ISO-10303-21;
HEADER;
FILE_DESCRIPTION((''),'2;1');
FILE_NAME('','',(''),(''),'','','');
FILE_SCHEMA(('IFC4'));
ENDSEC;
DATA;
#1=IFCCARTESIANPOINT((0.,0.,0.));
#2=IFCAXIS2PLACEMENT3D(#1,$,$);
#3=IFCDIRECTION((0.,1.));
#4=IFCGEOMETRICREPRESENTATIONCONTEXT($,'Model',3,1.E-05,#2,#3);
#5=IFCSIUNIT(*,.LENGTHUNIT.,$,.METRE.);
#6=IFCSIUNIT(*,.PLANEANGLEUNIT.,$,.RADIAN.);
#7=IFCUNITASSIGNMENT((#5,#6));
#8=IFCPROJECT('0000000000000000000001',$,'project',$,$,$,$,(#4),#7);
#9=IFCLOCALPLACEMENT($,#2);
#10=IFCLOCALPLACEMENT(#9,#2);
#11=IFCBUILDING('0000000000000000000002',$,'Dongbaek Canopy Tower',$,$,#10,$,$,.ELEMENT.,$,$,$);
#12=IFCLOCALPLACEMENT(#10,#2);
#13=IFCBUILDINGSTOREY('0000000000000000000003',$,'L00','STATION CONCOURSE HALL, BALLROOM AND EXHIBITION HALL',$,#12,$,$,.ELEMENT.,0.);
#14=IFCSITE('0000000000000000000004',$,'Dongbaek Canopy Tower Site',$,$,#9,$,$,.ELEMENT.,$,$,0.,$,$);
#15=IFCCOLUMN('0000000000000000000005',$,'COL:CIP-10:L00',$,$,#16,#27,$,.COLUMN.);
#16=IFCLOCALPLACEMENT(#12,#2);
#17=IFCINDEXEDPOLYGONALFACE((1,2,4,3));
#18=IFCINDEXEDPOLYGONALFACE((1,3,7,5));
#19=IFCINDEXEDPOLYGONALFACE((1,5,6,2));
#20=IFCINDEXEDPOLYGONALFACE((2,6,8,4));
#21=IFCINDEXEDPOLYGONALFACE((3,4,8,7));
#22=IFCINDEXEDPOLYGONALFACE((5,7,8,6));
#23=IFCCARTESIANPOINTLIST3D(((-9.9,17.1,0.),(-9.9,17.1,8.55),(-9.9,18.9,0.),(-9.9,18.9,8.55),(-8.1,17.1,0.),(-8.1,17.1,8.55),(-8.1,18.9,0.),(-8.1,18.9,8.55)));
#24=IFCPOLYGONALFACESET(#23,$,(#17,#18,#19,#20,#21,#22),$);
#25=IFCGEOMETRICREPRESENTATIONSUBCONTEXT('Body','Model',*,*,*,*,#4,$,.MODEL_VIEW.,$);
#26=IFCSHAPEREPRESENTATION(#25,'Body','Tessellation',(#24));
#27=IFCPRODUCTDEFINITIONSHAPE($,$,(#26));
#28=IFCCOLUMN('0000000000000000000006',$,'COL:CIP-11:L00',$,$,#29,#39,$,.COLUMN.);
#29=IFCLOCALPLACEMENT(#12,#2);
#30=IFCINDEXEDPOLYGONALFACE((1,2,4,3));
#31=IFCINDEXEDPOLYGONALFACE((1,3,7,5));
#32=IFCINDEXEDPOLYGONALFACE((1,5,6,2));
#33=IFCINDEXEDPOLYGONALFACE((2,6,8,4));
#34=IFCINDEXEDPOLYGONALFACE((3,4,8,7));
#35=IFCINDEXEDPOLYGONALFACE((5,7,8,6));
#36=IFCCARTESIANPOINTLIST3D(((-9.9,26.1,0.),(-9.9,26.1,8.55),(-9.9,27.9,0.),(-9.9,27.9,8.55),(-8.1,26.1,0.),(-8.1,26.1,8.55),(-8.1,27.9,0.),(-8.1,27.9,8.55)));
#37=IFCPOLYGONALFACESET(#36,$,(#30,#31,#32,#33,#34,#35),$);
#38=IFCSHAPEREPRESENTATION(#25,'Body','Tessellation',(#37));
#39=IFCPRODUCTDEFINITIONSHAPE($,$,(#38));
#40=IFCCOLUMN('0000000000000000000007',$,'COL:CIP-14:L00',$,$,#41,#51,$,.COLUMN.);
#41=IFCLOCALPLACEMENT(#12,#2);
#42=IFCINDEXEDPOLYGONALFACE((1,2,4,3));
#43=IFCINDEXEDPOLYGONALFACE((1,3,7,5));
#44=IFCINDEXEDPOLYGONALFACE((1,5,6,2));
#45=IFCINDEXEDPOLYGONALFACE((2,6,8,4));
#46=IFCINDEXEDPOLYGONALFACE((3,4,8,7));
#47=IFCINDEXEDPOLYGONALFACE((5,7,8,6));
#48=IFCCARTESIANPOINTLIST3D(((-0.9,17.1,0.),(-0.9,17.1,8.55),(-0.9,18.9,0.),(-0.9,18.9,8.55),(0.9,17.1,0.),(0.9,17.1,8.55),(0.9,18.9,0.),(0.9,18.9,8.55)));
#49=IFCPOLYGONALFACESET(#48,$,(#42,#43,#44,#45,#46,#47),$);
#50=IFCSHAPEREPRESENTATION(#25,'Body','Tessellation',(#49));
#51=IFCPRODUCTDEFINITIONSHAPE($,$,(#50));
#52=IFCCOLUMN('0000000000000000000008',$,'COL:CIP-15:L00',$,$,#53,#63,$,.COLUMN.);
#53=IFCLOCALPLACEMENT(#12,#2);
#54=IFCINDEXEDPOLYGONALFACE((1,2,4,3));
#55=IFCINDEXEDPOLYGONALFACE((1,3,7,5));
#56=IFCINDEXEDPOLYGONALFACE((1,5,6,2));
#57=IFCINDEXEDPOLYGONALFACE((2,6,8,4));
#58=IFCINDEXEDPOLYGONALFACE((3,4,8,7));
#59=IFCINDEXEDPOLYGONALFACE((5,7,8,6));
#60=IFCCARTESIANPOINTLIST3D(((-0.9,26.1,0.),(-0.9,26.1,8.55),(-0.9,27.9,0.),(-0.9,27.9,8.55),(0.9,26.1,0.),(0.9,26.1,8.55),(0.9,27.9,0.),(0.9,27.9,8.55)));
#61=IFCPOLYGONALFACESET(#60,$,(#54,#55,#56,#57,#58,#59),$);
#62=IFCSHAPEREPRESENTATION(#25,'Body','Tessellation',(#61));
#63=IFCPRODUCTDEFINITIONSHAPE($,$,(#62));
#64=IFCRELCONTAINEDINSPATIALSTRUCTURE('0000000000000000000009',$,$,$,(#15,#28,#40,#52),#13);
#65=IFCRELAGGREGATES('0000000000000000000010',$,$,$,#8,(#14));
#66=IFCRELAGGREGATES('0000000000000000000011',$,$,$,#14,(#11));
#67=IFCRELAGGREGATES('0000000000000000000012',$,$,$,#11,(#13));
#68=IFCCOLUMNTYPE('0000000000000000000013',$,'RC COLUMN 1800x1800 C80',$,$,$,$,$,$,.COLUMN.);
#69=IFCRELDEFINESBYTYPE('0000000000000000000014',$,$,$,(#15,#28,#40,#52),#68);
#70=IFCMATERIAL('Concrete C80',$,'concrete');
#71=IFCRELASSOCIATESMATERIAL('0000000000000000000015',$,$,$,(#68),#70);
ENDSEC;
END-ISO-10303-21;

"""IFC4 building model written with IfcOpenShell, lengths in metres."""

from ifc_helpers import new_model, si_unit, direction, frame, origin, origin_2d, place, context, subcontext, project, spatial, rectangle, extrude, material, material_profile, profile_set, type_object, element, save


model = new_model("IFC4")

# Units and contexts
model_context = context("Model", 3, precision=1e-05, world=origin(), true_north=direction((0.0, 1.0)))
body_context = subcontext(model_context, "Body", "Model", "MODEL_VIEW")
ifc_project = project(units=[si_unit("LENGTHUNIT", "METRE"), si_unit("PLANEANGLEUNIT", "RADIAN")], contexts=[model_context])

# Site, building, storey
site_placement = place(None, origin())
site = spatial("IfcSite", under=ifc_project, at=site_placement, Name="Dongbaek Canopy Tower Site", CompositionType="ELEMENT", RefElevation=0.0)
building_placement = place(site_placement, origin())
building = spatial("IfcBuilding", under=site, at=building_placement, Name="Dongbaek Canopy Tower", CompositionType="ELEMENT")
storey_placement = place(building_placement, origin())
storey = spatial("IfcBuildingStorey", under=building, at=storey_placement, Name="L00", Description="STATION CONCOURSE HALL, BALLROOM AND EXHIBITION HALL", CompositionType="ELEMENT", Elevation=0.0)

# Columns
ifc_material_1 = material(Name="Concrete C80", Category="concrete")
ifc_material_profile = material_profile(ifc_material_1, rectangle(XDim=1.8, YDim=1.8, at=origin_2d()), Name="RC COLUMN 1800x1800 C80")
ifc_profile_set = profile_set([ifc_material_profile], Name="Concrete C80")
column_type = type_object("IfcColumnType", Name="RC COLUMN 1800x1800 C80", PredefinedType="COLUMN", material=ifc_profile_set)
for number, where, z_axis, x_axis, name in (
    (1, (-9.0, 18.0, 0.0), (0.0, 0.0, 1.0), (1.0, 0.0, 0.0), "COL:CIP-10:L00"),
    (2, (-9.0, 27.0, 0.0), (0.0, 0.0, 1.0), (1.0, 0.0, 0.0), "COL:CIP-11:L00"),
    (3, (0.0, 18.0, 0.0), (0.0, 0.0, 1.0), (1.0, 0.0, 0.0), "COL:CIP-14:L00"),
    (4, (0.0, 27.0, 0.0), (0.0, 0.0, 1.0), (1.0, 0.0, 0.0), "COL:CIP-15:L00"),
):
    element("IfcColumn", number, at=place(storey_placement, frame(where, z_axis=z_axis, x_axis=x_axis)), inside=storey, type_object=column_type, Name=name, PredefinedType="COLUMN", context=body_context, shape_type="SweptSolid", body=[
        extrude(rectangle(XDim=1.8, YDim=1.8, at=origin_2d()), origin(), (0.0, 0.0, 1.0), 8.55),
    ])

save(model, "model.ifc")
